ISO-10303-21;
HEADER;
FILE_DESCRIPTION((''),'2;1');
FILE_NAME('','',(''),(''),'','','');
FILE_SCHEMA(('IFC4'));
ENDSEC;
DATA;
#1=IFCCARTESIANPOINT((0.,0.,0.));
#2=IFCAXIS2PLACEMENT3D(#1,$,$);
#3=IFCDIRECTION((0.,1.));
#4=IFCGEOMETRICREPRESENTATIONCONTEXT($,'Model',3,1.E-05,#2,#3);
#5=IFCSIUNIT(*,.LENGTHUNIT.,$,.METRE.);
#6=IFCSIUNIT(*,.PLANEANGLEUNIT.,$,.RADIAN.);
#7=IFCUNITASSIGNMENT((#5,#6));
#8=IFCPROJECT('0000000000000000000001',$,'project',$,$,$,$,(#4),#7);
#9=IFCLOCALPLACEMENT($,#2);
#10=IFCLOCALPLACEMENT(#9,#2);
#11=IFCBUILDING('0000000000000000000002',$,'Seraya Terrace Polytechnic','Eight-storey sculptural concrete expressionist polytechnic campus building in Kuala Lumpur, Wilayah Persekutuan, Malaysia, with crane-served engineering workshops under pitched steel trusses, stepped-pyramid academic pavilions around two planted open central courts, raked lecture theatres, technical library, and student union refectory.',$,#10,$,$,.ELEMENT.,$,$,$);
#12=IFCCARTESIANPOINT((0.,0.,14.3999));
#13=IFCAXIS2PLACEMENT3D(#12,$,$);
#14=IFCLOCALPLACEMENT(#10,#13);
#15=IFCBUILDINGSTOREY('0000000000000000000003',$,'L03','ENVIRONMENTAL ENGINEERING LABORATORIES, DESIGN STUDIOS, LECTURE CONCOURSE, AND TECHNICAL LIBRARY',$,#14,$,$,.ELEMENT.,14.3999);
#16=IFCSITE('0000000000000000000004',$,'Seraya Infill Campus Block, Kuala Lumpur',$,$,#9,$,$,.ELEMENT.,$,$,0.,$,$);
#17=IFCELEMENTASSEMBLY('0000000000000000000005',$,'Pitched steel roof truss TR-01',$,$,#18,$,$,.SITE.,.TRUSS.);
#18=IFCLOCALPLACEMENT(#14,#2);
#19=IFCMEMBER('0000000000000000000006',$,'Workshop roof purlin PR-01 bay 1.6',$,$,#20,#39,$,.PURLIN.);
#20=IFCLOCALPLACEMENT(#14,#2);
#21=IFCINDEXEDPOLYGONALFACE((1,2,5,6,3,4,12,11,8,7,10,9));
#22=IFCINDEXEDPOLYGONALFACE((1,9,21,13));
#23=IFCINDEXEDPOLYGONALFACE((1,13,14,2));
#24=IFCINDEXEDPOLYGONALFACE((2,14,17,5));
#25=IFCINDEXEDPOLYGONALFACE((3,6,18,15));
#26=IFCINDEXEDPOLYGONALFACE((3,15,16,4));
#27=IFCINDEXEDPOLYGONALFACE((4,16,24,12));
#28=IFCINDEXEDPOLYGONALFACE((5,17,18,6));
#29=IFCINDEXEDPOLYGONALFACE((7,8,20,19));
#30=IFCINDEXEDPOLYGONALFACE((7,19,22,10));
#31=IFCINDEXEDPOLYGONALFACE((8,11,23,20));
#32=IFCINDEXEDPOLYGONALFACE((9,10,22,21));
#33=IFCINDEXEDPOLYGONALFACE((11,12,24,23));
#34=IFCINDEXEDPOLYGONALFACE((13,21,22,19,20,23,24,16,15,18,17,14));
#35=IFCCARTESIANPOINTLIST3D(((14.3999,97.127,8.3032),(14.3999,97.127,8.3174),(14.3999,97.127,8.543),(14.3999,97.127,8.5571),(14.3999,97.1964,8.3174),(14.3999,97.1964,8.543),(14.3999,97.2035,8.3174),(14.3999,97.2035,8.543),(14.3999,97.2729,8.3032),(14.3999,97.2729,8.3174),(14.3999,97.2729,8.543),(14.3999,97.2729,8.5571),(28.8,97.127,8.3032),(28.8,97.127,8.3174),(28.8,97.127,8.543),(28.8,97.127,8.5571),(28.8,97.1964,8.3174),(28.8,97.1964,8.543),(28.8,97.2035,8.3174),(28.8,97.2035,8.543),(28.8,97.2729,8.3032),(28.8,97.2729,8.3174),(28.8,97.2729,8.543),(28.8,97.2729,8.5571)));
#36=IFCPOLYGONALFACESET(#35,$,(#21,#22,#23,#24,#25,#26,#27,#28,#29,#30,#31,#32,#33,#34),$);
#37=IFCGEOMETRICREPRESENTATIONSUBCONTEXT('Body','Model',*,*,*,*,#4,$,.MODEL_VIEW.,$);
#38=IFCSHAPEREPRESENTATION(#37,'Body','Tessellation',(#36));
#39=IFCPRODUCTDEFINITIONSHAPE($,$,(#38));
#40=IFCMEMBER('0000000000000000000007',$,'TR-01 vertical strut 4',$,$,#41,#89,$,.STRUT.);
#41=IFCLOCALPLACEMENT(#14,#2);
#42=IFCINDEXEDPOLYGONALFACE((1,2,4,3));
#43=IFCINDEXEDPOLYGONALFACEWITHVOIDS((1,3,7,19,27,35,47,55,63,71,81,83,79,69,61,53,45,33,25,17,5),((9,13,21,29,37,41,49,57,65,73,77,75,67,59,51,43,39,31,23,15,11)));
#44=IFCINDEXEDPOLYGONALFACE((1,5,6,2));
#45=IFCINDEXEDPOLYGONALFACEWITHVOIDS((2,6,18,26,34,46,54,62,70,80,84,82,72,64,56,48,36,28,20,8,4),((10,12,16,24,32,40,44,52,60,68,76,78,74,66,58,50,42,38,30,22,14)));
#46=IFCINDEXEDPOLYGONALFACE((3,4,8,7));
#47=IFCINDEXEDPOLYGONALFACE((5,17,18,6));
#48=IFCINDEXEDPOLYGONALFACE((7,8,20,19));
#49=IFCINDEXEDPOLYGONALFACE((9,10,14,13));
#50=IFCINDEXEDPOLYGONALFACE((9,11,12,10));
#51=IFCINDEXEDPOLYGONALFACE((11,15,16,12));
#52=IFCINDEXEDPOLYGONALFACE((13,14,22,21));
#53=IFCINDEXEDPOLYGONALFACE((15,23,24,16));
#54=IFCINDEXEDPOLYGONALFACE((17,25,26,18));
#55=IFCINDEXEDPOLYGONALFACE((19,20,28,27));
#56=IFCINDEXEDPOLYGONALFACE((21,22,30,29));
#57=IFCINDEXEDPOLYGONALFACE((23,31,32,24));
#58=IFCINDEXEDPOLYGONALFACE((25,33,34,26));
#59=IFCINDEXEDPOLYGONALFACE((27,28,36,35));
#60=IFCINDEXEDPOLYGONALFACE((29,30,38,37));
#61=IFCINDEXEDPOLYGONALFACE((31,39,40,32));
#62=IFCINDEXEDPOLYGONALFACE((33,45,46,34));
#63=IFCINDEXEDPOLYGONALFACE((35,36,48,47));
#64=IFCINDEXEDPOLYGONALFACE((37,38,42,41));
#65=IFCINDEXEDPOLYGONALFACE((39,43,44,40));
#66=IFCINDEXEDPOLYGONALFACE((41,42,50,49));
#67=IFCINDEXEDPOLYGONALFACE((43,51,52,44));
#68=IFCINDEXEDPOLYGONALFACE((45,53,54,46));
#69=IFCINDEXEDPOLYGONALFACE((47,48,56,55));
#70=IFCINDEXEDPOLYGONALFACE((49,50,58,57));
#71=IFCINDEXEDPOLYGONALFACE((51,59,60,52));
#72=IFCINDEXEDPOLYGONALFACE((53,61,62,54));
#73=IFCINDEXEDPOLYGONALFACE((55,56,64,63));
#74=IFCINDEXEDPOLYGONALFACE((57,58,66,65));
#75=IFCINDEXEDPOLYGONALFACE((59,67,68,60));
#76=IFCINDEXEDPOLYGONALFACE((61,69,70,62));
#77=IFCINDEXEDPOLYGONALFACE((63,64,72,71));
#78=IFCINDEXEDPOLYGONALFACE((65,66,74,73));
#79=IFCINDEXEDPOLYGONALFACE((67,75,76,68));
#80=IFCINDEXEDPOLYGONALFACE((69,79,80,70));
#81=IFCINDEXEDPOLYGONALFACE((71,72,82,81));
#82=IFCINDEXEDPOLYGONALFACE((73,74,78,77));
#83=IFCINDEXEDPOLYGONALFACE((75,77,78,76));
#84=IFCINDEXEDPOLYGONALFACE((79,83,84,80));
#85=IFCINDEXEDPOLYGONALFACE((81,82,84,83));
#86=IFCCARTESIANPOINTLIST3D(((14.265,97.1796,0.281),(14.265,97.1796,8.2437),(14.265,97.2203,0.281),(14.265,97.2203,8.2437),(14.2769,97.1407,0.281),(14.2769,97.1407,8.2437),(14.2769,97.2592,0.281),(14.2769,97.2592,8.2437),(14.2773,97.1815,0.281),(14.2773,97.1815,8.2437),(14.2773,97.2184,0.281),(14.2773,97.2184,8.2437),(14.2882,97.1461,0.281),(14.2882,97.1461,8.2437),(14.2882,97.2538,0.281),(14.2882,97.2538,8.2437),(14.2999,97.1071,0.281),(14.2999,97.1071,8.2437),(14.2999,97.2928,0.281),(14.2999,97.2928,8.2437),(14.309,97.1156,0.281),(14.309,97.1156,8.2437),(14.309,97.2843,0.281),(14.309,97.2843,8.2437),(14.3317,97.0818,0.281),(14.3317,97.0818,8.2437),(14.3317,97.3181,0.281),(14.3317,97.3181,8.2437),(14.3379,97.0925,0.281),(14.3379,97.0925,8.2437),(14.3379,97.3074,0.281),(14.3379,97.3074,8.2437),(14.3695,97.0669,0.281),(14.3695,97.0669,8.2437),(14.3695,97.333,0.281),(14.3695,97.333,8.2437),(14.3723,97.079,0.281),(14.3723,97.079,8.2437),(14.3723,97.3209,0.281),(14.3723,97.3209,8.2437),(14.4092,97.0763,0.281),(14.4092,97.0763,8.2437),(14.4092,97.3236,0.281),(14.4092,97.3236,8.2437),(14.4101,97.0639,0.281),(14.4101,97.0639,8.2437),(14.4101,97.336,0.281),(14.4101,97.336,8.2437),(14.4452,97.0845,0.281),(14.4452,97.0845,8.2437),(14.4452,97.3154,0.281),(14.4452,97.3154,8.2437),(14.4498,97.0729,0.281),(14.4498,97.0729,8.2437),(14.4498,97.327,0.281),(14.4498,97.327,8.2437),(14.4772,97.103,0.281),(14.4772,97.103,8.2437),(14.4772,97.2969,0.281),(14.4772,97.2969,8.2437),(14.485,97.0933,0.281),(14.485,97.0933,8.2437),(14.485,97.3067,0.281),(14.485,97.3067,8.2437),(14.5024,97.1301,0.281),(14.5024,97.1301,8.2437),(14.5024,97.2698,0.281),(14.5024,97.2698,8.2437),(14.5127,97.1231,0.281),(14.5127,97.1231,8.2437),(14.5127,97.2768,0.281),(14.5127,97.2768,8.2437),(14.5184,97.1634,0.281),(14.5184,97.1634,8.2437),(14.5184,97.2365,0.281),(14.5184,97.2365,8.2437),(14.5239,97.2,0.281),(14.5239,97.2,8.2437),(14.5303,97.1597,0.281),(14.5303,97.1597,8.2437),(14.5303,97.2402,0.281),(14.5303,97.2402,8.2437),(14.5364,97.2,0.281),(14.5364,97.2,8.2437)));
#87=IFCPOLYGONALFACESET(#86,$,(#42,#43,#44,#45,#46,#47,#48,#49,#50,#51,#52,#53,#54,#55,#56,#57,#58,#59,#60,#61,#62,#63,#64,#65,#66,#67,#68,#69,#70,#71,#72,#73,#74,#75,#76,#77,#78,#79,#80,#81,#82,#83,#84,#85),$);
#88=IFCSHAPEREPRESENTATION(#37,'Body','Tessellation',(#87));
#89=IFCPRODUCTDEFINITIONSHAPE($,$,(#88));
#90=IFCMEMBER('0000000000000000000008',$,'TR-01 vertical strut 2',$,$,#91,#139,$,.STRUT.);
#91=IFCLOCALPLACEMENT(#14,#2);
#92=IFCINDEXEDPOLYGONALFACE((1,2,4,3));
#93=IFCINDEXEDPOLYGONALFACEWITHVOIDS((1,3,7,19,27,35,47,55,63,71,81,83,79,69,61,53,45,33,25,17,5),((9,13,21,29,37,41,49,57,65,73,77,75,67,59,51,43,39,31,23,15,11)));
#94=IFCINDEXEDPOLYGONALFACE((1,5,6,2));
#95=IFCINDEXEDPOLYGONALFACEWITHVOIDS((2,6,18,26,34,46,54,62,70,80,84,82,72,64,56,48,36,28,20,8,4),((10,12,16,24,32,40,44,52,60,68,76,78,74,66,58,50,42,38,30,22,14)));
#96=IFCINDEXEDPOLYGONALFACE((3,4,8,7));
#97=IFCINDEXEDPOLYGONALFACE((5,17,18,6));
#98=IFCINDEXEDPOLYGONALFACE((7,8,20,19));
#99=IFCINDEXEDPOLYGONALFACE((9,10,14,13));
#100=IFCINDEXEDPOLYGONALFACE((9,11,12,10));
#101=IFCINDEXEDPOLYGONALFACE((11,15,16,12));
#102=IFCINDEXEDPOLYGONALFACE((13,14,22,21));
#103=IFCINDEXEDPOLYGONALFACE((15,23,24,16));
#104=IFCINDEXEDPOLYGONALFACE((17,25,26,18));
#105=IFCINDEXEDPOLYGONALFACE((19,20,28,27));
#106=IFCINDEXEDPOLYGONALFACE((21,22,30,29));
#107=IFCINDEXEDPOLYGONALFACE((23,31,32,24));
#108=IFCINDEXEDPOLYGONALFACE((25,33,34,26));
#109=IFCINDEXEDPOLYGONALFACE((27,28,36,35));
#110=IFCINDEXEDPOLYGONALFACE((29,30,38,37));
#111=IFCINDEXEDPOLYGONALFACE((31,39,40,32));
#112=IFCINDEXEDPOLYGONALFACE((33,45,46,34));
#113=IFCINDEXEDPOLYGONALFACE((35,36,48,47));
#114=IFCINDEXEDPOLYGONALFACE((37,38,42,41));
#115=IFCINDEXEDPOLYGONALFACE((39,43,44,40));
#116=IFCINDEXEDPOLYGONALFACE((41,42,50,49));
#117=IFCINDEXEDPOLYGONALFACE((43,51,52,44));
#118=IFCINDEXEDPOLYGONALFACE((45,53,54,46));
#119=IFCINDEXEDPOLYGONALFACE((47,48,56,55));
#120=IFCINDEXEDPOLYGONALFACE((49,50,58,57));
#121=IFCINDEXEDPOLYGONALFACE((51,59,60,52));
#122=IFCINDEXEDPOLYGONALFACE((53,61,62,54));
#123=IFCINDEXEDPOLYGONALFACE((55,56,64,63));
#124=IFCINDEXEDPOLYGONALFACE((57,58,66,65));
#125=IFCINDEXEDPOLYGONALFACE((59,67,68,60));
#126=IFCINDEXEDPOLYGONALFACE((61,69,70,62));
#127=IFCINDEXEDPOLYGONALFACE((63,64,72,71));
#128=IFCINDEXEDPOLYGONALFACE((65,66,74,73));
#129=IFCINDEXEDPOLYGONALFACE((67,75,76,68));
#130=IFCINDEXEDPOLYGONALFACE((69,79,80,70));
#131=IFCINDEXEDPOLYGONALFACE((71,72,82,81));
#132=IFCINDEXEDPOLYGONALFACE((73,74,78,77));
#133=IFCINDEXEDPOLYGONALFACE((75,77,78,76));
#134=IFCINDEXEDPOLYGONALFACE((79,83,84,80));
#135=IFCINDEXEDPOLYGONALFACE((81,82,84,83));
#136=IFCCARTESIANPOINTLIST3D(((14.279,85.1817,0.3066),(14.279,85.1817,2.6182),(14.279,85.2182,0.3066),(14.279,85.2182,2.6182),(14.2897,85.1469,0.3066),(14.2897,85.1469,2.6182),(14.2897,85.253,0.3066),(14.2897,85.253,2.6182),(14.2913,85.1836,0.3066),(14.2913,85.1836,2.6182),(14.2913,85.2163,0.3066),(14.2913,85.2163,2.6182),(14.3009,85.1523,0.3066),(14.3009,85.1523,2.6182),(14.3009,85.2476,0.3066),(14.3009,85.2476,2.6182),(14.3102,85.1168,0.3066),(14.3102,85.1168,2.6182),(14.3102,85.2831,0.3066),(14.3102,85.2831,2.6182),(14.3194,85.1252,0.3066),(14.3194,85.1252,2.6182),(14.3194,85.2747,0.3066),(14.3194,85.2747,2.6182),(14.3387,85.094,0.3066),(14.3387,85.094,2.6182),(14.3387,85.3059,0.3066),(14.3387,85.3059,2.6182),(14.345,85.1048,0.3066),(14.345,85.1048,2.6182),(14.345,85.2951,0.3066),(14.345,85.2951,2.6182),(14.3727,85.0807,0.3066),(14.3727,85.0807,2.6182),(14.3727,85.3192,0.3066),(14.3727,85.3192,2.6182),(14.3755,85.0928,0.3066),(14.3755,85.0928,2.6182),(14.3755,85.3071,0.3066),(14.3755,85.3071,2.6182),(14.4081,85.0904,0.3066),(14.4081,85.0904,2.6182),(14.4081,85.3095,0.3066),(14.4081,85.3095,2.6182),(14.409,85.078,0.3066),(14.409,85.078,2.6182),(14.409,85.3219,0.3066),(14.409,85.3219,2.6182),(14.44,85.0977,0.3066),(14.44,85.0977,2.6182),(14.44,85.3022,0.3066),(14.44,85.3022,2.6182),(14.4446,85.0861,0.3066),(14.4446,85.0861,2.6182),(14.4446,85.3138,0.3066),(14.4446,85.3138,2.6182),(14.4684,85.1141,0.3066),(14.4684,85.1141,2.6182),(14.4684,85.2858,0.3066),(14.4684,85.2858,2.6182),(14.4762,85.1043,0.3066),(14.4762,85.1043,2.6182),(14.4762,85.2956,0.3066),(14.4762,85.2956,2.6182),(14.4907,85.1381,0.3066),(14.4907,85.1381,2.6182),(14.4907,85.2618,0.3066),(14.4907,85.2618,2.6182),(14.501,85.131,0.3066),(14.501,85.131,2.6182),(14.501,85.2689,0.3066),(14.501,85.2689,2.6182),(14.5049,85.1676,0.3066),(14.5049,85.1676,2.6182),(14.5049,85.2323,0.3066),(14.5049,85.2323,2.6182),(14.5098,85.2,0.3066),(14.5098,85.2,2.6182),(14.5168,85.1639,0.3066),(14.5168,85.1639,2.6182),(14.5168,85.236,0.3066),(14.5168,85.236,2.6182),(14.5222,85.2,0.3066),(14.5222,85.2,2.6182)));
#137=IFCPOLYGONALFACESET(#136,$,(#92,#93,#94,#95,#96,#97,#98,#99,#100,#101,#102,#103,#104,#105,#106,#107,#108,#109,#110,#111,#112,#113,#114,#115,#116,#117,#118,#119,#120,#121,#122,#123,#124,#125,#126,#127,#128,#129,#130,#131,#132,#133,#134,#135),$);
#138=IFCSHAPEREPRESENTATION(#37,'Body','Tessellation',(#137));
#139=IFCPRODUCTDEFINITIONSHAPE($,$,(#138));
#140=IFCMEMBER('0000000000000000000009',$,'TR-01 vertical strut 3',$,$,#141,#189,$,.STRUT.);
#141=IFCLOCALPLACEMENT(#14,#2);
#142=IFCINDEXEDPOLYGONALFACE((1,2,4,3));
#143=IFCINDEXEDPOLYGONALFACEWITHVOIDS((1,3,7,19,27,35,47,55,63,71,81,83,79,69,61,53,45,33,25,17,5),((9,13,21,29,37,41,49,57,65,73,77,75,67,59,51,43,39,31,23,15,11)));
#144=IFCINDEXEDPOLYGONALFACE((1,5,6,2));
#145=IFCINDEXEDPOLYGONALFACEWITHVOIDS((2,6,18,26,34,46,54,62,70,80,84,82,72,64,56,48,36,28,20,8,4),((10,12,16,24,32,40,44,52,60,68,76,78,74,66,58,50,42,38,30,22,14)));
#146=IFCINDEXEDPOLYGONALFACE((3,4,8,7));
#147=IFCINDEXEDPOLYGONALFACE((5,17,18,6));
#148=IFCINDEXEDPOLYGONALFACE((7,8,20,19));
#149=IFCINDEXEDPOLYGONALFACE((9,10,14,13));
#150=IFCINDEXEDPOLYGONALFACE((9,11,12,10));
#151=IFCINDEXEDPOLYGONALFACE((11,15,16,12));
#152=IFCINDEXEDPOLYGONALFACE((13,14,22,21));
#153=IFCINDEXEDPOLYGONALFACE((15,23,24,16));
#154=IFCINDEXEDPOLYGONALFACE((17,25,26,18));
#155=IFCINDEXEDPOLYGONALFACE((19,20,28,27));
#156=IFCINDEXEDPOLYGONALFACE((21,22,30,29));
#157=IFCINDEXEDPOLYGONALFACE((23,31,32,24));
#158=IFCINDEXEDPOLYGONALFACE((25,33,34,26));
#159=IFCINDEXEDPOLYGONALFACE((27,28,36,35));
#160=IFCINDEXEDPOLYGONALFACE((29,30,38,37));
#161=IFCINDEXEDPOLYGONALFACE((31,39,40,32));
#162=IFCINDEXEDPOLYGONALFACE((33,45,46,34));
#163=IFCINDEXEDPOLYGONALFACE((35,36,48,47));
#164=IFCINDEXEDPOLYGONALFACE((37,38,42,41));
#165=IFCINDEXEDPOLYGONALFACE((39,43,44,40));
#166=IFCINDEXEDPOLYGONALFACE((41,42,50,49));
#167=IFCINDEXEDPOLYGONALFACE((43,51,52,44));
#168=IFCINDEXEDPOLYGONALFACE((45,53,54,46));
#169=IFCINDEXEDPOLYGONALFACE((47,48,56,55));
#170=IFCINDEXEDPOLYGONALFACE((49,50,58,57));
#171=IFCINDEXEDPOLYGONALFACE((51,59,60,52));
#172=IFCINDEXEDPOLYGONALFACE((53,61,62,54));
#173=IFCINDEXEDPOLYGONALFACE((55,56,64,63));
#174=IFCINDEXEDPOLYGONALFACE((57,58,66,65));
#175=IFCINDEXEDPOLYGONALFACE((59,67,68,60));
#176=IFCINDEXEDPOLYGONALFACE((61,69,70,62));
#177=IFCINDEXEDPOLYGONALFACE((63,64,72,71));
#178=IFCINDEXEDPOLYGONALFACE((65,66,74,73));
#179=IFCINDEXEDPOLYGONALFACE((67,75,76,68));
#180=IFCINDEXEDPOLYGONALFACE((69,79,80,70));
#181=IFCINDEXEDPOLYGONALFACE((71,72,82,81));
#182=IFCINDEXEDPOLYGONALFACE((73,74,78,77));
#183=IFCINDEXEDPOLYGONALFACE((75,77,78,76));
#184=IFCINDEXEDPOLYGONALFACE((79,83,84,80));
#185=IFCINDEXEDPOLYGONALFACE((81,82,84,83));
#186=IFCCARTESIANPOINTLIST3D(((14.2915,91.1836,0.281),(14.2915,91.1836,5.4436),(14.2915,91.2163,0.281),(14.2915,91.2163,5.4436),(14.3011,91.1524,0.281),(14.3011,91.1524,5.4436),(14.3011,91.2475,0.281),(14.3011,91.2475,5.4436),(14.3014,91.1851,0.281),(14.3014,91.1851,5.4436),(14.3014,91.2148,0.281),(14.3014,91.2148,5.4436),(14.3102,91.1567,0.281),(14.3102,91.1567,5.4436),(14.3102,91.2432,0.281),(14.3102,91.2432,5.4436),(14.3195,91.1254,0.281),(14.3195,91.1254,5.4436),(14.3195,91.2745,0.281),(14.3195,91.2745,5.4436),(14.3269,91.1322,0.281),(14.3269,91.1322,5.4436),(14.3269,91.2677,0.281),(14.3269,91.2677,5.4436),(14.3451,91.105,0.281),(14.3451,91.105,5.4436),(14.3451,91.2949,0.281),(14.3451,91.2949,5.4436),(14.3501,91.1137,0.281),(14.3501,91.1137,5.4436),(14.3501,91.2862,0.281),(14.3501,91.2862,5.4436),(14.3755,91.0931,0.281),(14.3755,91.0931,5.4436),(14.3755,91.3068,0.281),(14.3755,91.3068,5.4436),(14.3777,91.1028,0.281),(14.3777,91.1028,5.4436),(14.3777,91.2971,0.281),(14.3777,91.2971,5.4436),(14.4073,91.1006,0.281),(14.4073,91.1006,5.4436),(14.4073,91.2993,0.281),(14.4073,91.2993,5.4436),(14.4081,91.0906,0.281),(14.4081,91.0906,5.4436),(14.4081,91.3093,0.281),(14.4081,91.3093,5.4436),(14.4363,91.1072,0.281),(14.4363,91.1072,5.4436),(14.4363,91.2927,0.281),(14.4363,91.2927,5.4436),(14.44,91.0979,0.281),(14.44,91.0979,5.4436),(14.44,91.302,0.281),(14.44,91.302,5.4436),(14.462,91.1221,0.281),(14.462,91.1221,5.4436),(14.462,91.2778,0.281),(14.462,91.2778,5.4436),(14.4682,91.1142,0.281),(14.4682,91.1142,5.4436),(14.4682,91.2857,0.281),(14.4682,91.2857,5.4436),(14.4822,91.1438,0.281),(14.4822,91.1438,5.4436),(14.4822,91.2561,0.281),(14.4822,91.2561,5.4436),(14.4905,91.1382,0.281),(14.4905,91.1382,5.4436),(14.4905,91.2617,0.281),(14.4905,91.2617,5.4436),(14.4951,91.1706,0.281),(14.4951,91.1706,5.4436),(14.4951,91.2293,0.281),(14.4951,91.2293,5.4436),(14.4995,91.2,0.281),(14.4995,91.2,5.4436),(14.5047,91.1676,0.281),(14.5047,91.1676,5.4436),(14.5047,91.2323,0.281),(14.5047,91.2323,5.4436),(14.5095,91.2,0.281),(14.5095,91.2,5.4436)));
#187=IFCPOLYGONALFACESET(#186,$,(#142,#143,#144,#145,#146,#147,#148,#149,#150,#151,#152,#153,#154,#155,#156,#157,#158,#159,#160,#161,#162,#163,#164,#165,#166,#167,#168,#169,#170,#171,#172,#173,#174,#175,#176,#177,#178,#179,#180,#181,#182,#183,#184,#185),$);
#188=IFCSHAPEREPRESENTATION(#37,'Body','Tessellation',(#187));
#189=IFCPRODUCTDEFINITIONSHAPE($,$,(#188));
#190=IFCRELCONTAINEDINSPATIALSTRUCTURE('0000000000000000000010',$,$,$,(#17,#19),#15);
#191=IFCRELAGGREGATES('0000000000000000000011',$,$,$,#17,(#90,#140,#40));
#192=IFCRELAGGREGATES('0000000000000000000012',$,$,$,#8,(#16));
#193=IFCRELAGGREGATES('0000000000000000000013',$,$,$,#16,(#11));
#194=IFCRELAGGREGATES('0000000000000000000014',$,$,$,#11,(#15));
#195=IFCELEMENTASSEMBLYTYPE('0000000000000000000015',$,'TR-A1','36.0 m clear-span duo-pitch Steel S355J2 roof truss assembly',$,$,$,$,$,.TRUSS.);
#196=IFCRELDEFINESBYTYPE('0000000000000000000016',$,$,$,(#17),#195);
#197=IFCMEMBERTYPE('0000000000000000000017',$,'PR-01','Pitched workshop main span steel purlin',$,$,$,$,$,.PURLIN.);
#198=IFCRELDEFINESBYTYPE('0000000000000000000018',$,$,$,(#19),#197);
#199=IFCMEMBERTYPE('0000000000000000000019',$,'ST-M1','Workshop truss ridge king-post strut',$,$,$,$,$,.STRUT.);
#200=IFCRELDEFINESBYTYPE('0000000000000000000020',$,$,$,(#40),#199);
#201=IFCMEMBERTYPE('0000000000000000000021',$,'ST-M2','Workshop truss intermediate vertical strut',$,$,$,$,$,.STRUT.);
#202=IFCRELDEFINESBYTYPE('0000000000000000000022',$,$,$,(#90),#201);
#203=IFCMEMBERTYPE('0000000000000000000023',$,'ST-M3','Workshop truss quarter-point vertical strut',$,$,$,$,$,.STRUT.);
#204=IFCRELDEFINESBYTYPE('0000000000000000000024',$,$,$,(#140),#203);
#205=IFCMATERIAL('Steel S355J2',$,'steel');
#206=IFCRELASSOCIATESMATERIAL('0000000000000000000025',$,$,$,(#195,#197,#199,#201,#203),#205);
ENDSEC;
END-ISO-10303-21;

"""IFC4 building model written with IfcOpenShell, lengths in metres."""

from ifc_helpers import new_model, si_unit, direction, frame, origin, origin_2d, place, context, subcontext, project, spatial, hollow_circle, i_section, extrude, material, material_profile, profile_set, type_object, element, aggregate, save


model = new_model("IFC4")

# Units and contexts
model_context = context("Model", 3, precision=1e-05, world=origin(), true_north=direction((0.0, 1.0)))
body_context = subcontext(model_context, "Body", "Model", "MODEL_VIEW")
ifc_project = project(units=[si_unit("LENGTHUNIT", "METRE"), si_unit("PLANEANGLEUNIT", "RADIAN")], contexts=[model_context])

# Site, building, storey
site_placement = place(None, origin())
site = spatial("IfcSite", under=ifc_project, at=site_placement, Name="Seraya Infill Campus Block, Kuala Lumpur", CompositionType="ELEMENT", RefElevation=0.0)
building_placement = place(site_placement, origin())
building = spatial("IfcBuilding", under=site, at=building_placement, Name="Seraya Terrace Polytechnic", Description="Eight-storey sculptural concrete expressionist polytechnic campus building in Kuala Lumpur, Wilayah Persekutuan, Malaysia, with crane-served engineering workshops under pitched steel trusses, stepped-pyramid academic pavilions around two planted open central courts, raked lecture theatres, technical library, and student union refectory.", CompositionType="ELEMENT")
storey_placement = place(building_placement, frame((0.0, 0.0, 14.3999)))
storey = spatial("IfcBuildingStorey", under=building, at=storey_placement, Name="L03", Description="ENVIRONMENTAL ENGINEERING LABORATORIES, DESIGN STUDIOS, LECTURE CONCOURSE, AND TECHNICAL LIBRARY", CompositionType="ELEMENT", Elevation=14.3999)

# Element assembly
ifc_material_1 = material(Name="Steel S355J2", Category="steel")
element_assembly_type = type_object("IfcElementAssemblyType", Name="TR-A1", Description="36.0 m clear-span duo-pitch Steel S355J2 roof truss assembly", PredefinedType="TRUSS", material=ifc_material_1)
assembly_placement = place(storey_placement, origin())
assembly = element("IfcElementAssembly", 1, at=assembly_placement, inside=storey, type_object=element_assembly_type, Name="Pitched steel roof truss TR-01", AssemblyPlace="SITE", PredefinedType="TRUSS")

# Member
ifc_material_profile_1 = material_profile(ifc_material_1, i_section(OverallWidth=0.146, OverallDepth=0.2539, WebThickness=0.0071, FlangeThickness=0.0142, at=origin_2d()), Name="UKB 254x146x7.2x14.2")
ifc_profile_set_1 = profile_set([ifc_material_profile_1], Name="Steel S355J2")
member_type_1 = type_object("IfcMemberType", Name="PR-01", Description="Pitched workshop main span steel purlin", PredefinedType="PURLIN", material=ifc_profile_set_1)
for number, where, z_axis, x_axis, name in (
    (2, (14.3999, 97.2, 8.4302), (1.0, 0.0, 0.0), (0.0, 1.0, 0.0), "Workshop roof purlin PR-01 bay 1.6"),
):
    element("IfcMember", number, at=place(storey_placement, frame(where, z_axis=z_axis, x_axis=x_axis)), inside=storey, type_object=member_type_1, Name=name, PredefinedType="PURLIN", context=body_context, shape_type="SweptSolid", body=[
        extrude(i_section(OverallWidth=0.146, OverallDepth=0.2539, WebThickness=0.0071, FlangeThickness=0.0142, at=origin_2d()), origin(), (0.0, 0.0, 1.0), 14.4001),
    ])

# Members
ifc_material_profile_2 = material_profile(ifc_material_1, hollow_circle(Radius=0.1365, WallThickness=0.0125, at=origin_2d()), Name="CHS 273.0x12.5")
ifc_profile_set_2 = profile_set([ifc_material_profile_2], Name="Steel S355J2")
member_type_2 = type_object("IfcMemberType", Name="ST-M1", Description="Workshop truss ridge king-post strut", PredefinedType="STRUT", material=ifc_profile_set_2)
member_1_placement = place(storey_placement, frame((14.3999, 97.2, 0.281), z_axis=(0.0, 0.0, 1.0), x_axis=(1.0, 0.0, 0.0)))
member_1 = element("IfcMember", 3, at=member_1_placement, type_object=member_type_2, Name="TR-01 vertical strut 4", PredefinedType="STRUT", context=body_context, shape_type="SweptSolid", body=[
    extrude(hollow_circle(Radius=0.1365, WallThickness=0.0125, at=origin_2d()), origin(), (0.0, 0.0, 1.0), 7.9626),
])
ifc_material_profile_3 = material_profile(ifc_material_1, hollow_circle(Radius=0.1223, WallThickness=0.0125, at=origin_2d()), Name="CHS 244.5x12.5")
ifc_profile_set_3 = profile_set([ifc_material_profile_3], Name="Steel S355J2")
member_type_3 = type_object("IfcMemberType", Name="ST-M2", Description="Workshop truss intermediate vertical strut", PredefinedType="STRUT", material=ifc_profile_set_3)
member_2_placement = place(storey_placement, frame((14.3999, 85.2, 0.3066), z_axis=(0.0, 0.0, 1.0), x_axis=(1.0, 0.0, 0.0)))
member_2 = element("IfcMember", 4, at=member_2_placement, type_object=member_type_3, Name="TR-01 vertical strut 2", PredefinedType="STRUT", context=body_context, shape_type="SweptSolid", body=[
    extrude(hollow_circle(Radius=0.1223, WallThickness=0.0125, at=origin_2d()), origin(), (0.0, 0.0, 1.0), 2.3115),
])
ifc_material_profile_4 = material_profile(ifc_material_1, hollow_circle(Radius=0.1096, WallThickness=0.01, at=origin_2d()), Name="CHS 219.1x10.0")
ifc_profile_set_4 = profile_set([ifc_material_profile_4], Name="Steel S355J2")
member_type_4 = type_object("IfcMemberType", Name="ST-M3", Description="Workshop truss quarter-point vertical strut", PredefinedType="STRUT", material=ifc_profile_set_4)
member_3_placement = place(storey_placement, frame((14.3999, 91.2, 0.281), z_axis=(0.0, 0.0, 1.0), x_axis=(1.0, 0.0, 0.0)))
member_3 = element("IfcMember", 5, at=member_3_placement, type_object=member_type_4, Name="TR-01 vertical strut 3", PredefinedType="STRUT", context=body_context, shape_type="SweptSolid", body=[
    extrude(hollow_circle(Radius=0.1096, WallThickness=0.01, at=origin_2d()), origin(), (0.0, 0.0, 1.0), 5.1626),
])

aggregate(assembly, [member_2, member_3, member_1])

save(model, "model.ifc")
